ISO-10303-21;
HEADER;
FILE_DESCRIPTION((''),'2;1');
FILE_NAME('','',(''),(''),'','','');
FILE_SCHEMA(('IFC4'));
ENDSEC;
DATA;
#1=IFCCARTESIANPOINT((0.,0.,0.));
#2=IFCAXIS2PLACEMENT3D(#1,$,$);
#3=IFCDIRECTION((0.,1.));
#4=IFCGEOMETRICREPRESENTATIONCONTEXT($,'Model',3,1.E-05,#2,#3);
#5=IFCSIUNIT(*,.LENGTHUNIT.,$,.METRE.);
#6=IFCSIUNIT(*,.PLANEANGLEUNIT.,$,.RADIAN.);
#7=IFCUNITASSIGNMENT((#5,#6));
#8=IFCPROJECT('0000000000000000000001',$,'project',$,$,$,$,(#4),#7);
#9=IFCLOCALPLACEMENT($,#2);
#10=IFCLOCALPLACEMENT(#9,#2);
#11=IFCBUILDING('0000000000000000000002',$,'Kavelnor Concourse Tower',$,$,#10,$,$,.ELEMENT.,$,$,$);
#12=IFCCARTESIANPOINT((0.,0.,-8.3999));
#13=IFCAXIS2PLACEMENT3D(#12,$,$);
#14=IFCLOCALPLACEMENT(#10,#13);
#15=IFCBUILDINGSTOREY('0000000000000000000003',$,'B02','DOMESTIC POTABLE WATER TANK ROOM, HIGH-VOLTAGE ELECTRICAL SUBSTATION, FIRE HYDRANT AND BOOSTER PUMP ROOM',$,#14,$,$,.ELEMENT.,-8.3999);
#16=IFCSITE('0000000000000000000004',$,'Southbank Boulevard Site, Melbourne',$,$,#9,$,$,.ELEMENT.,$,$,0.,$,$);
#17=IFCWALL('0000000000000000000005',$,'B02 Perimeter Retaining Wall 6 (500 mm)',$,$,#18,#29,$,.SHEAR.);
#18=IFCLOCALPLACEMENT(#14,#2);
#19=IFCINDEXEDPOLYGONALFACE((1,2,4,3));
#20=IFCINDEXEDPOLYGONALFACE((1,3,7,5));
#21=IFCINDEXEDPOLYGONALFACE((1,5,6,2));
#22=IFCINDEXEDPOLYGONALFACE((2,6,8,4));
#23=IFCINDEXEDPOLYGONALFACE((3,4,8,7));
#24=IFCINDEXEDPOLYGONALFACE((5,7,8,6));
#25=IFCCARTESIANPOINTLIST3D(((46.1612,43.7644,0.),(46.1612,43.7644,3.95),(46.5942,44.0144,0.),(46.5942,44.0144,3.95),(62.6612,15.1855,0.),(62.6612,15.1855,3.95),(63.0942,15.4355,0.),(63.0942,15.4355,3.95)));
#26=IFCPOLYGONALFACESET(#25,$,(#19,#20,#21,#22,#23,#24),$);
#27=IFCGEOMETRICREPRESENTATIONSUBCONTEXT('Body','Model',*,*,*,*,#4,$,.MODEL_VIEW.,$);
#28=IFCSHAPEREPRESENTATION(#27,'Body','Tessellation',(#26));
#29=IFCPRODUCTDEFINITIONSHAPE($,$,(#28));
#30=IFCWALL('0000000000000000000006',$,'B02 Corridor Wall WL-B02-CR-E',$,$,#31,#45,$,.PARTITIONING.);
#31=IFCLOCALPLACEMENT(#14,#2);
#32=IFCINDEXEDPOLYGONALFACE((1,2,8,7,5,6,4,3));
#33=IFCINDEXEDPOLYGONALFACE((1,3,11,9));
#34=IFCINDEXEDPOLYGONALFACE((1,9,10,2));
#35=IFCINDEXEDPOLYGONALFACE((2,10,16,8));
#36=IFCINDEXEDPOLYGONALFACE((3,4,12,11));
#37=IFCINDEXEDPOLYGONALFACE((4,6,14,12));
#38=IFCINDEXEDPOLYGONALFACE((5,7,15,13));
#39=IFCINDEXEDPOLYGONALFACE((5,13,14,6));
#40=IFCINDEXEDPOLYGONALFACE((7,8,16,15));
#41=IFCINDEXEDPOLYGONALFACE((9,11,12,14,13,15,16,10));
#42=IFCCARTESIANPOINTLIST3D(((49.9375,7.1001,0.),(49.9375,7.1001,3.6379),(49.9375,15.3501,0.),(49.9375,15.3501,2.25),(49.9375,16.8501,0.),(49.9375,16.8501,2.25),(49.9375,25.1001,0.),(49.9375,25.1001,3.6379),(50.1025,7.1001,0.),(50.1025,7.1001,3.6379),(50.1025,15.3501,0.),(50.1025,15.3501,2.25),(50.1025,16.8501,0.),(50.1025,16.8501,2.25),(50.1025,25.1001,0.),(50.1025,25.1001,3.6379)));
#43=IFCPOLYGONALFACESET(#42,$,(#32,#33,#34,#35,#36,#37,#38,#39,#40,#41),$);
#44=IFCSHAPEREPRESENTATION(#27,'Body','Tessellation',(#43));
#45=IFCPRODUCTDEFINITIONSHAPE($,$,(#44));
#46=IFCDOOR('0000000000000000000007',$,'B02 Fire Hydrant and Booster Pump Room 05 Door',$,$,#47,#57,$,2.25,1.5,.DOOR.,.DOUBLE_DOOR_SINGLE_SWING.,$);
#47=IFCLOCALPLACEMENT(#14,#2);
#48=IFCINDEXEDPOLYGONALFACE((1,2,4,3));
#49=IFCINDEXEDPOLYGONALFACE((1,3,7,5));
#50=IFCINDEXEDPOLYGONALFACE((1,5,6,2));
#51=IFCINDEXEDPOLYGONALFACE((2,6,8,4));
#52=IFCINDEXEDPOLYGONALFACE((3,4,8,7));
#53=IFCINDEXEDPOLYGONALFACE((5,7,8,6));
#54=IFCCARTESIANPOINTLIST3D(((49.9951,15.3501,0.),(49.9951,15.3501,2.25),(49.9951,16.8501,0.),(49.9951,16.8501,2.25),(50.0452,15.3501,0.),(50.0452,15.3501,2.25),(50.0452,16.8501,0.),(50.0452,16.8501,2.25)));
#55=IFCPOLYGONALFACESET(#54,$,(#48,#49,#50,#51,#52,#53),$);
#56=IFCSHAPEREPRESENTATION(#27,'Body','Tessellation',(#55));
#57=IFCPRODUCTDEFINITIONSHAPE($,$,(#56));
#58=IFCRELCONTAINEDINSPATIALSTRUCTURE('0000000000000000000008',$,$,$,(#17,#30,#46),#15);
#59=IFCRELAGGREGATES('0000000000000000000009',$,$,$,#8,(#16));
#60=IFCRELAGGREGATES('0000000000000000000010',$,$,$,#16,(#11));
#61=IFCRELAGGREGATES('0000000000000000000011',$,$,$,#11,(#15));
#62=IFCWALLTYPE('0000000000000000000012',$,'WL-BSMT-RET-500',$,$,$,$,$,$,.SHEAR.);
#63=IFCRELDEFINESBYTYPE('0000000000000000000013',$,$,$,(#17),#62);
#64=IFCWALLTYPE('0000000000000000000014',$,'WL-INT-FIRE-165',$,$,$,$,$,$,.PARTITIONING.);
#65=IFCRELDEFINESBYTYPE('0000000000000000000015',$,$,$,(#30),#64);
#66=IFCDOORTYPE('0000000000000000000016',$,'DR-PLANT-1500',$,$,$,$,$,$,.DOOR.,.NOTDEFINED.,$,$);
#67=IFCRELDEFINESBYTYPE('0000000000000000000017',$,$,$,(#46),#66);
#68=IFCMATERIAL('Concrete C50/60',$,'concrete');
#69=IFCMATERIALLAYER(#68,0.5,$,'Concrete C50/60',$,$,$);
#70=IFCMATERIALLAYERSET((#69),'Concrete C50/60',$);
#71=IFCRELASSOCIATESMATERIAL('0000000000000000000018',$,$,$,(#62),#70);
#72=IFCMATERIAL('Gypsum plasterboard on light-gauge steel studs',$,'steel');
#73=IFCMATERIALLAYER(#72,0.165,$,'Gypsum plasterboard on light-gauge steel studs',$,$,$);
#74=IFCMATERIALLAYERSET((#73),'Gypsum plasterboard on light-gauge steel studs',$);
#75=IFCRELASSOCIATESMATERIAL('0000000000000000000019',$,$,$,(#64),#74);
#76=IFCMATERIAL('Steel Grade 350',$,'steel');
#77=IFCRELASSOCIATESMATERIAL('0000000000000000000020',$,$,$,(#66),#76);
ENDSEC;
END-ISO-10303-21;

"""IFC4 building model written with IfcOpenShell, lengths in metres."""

from ifc_helpers import new_model, si_unit, direction, frame, frame_2d, origin, place, context, subcontext, project, spatial, rectangle, extrude, material, layer, layer_set, type_object, element, fill, save


model = new_model("IFC4")

# Units and contexts
model_context = context("Model", 3, precision=1e-05, world=origin(), true_north=direction((0.0, 1.0)))
body_context = subcontext(model_context, "Body", "Model", "MODEL_VIEW")
ifc_project = project(units=[si_unit("LENGTHUNIT", "METRE"), si_unit("PLANEANGLEUNIT", "RADIAN")], contexts=[model_context])

# Site, building, storey
site_placement = place(None, origin())
site = spatial("IfcSite", under=ifc_project, at=site_placement, Name="Southbank Boulevard Site, Melbourne", CompositionType="ELEMENT", RefElevation=0.0)
building_placement = place(site_placement, origin())
building = spatial("IfcBuilding", under=site, at=building_placement, Name="Kavelnor Concourse Tower", CompositionType="ELEMENT")
storey_placement = place(building_placement, frame((0.0, 0.0, -8.3999)))
storey = spatial("IfcBuildingStorey", under=building, at=storey_placement, Name="B02", Description="DOMESTIC POTABLE WATER TANK ROOM, HIGH-VOLTAGE ELECTRICAL SUBSTATION, FIRE HYDRANT AND BOOSTER PUMP ROOM", CompositionType="ELEMENT", Elevation=-8.3999)

# Shared definitions
ifc_material_1 = material(Name="Concrete C50/60", Category="concrete")

# Shared definitions
ifc_material_2 = material(Name="Steel Grade 350", Category="steel")

# Wall
ifc_layer_1 = layer(ifc_material_1, 0.5, Name="Concrete C50/60")
ifc_layer_set_1 = layer_set([ifc_layer_1], Name="Concrete C50/60")
wall_type_1 = type_object("IfcWallType", Name="WL-BSMT-RET-500", PredefinedType="SHEAR", material=ifc_layer_set_1)
wall_1_placement = place(storey_placement, frame((62.8777, 15.3105, 0.0), z_axis=(0.0, 0.0, 1.0), x_axis=(-0.5, 0.866026, 0.0)))
element("IfcWall", 1, at=wall_1_placement, inside=storey, type_object=wall_type_1, Name="B02 Perimeter Retaining Wall 6 (500 mm)", PredefinedType="SHEAR", context=body_context, shape_type="SweptSolid", body=[
    extrude(rectangle(XDim=33.0, YDim=0.5, at=frame_2d((16.5, 0.0))), origin(), (0.0, 0.0, 1.0), 3.95),
])

# Wall, opening, door
ifc_material_3 = material(Name="Gypsum plasterboard on light-gauge steel studs", Category="steel")
ifc_layer_2 = layer(ifc_material_3, 0.165, Name="Gypsum plasterboard on light-gauge steel studs")
ifc_layer_set_2 = layer_set([ifc_layer_2], Name="Gypsum plasterboard on light-gauge steel studs")
wall_type_2 = type_object("IfcWallType", Name="WL-INT-FIRE-165", PredefinedType="PARTITIONING", material=ifc_layer_set_2)
wall_2_placement = place(storey_placement, frame((50.02, 7.1001, 0.0), z_axis=(0.0, 0.0, 1.0), x_axis=(0.0, 1.0, 0.0)))
wall_2 = element("IfcWall", 2, at=wall_2_placement, inside=storey, type_object=wall_type_2, Name="B02 Corridor Wall WL-B02-CR-E", PredefinedType="PARTITIONING", context=body_context, shape_type="SweptSolid", body=[
    extrude(rectangle(XDim=18.0, YDim=0.165, at=frame_2d((9.0, 0.0))), origin(), (0.0, 0.0, 1.0), 3.6379),
])
opening_placement = place(wall_2_placement, frame((8.25, 0.0, 0.0)))
opening = element("IfcOpeningElement", 3, at=opening_placement, cuts=wall_2, PredefinedType="OPENING", context=body_context, shape_type="SweptSolid", body=[
    extrude(rectangle(XDim=1.5, YDim=2.25, at=frame_2d((0.75, 1.125))), frame((0.0, 0.0925, 0.0), z_axis=(0.0, -1.0, 0.0), x_axis=(1.0, 0.0, 0.0)), (0.0, 0.0, 1.0), 0.1851),
])
door_type = type_object("IfcDoorType", Name="DR-PLANT-1500", OperationType="NOTDEFINED", PredefinedType="DOOR", material=ifc_material_2)
door_placement = place(opening_placement, origin())
door = element("IfcDoor", 4, at=door_placement, inside=storey, type_object=door_type, Name="B02 Fire Hydrant and Booster Pump Room 05 Door", OperationType="DOUBLE_DOOR_SINGLE_SWING", OverallHeight=2.25, OverallWidth=1.5, PredefinedType="DOOR", context=body_context, shape_type="SweptSolid", body=[
    extrude(rectangle(XDim=1.5, YDim=2.25, at=frame_2d((0.75, 1.125))), frame((0.0, 0.0249, 0.0), z_axis=(0.0, -1.0, 0.0), x_axis=(1.0, 0.0, 0.0)), (0.0, 0.0, 1.0), 0.05),
])
fill(opening, door)

save(model, "model.ifc")
